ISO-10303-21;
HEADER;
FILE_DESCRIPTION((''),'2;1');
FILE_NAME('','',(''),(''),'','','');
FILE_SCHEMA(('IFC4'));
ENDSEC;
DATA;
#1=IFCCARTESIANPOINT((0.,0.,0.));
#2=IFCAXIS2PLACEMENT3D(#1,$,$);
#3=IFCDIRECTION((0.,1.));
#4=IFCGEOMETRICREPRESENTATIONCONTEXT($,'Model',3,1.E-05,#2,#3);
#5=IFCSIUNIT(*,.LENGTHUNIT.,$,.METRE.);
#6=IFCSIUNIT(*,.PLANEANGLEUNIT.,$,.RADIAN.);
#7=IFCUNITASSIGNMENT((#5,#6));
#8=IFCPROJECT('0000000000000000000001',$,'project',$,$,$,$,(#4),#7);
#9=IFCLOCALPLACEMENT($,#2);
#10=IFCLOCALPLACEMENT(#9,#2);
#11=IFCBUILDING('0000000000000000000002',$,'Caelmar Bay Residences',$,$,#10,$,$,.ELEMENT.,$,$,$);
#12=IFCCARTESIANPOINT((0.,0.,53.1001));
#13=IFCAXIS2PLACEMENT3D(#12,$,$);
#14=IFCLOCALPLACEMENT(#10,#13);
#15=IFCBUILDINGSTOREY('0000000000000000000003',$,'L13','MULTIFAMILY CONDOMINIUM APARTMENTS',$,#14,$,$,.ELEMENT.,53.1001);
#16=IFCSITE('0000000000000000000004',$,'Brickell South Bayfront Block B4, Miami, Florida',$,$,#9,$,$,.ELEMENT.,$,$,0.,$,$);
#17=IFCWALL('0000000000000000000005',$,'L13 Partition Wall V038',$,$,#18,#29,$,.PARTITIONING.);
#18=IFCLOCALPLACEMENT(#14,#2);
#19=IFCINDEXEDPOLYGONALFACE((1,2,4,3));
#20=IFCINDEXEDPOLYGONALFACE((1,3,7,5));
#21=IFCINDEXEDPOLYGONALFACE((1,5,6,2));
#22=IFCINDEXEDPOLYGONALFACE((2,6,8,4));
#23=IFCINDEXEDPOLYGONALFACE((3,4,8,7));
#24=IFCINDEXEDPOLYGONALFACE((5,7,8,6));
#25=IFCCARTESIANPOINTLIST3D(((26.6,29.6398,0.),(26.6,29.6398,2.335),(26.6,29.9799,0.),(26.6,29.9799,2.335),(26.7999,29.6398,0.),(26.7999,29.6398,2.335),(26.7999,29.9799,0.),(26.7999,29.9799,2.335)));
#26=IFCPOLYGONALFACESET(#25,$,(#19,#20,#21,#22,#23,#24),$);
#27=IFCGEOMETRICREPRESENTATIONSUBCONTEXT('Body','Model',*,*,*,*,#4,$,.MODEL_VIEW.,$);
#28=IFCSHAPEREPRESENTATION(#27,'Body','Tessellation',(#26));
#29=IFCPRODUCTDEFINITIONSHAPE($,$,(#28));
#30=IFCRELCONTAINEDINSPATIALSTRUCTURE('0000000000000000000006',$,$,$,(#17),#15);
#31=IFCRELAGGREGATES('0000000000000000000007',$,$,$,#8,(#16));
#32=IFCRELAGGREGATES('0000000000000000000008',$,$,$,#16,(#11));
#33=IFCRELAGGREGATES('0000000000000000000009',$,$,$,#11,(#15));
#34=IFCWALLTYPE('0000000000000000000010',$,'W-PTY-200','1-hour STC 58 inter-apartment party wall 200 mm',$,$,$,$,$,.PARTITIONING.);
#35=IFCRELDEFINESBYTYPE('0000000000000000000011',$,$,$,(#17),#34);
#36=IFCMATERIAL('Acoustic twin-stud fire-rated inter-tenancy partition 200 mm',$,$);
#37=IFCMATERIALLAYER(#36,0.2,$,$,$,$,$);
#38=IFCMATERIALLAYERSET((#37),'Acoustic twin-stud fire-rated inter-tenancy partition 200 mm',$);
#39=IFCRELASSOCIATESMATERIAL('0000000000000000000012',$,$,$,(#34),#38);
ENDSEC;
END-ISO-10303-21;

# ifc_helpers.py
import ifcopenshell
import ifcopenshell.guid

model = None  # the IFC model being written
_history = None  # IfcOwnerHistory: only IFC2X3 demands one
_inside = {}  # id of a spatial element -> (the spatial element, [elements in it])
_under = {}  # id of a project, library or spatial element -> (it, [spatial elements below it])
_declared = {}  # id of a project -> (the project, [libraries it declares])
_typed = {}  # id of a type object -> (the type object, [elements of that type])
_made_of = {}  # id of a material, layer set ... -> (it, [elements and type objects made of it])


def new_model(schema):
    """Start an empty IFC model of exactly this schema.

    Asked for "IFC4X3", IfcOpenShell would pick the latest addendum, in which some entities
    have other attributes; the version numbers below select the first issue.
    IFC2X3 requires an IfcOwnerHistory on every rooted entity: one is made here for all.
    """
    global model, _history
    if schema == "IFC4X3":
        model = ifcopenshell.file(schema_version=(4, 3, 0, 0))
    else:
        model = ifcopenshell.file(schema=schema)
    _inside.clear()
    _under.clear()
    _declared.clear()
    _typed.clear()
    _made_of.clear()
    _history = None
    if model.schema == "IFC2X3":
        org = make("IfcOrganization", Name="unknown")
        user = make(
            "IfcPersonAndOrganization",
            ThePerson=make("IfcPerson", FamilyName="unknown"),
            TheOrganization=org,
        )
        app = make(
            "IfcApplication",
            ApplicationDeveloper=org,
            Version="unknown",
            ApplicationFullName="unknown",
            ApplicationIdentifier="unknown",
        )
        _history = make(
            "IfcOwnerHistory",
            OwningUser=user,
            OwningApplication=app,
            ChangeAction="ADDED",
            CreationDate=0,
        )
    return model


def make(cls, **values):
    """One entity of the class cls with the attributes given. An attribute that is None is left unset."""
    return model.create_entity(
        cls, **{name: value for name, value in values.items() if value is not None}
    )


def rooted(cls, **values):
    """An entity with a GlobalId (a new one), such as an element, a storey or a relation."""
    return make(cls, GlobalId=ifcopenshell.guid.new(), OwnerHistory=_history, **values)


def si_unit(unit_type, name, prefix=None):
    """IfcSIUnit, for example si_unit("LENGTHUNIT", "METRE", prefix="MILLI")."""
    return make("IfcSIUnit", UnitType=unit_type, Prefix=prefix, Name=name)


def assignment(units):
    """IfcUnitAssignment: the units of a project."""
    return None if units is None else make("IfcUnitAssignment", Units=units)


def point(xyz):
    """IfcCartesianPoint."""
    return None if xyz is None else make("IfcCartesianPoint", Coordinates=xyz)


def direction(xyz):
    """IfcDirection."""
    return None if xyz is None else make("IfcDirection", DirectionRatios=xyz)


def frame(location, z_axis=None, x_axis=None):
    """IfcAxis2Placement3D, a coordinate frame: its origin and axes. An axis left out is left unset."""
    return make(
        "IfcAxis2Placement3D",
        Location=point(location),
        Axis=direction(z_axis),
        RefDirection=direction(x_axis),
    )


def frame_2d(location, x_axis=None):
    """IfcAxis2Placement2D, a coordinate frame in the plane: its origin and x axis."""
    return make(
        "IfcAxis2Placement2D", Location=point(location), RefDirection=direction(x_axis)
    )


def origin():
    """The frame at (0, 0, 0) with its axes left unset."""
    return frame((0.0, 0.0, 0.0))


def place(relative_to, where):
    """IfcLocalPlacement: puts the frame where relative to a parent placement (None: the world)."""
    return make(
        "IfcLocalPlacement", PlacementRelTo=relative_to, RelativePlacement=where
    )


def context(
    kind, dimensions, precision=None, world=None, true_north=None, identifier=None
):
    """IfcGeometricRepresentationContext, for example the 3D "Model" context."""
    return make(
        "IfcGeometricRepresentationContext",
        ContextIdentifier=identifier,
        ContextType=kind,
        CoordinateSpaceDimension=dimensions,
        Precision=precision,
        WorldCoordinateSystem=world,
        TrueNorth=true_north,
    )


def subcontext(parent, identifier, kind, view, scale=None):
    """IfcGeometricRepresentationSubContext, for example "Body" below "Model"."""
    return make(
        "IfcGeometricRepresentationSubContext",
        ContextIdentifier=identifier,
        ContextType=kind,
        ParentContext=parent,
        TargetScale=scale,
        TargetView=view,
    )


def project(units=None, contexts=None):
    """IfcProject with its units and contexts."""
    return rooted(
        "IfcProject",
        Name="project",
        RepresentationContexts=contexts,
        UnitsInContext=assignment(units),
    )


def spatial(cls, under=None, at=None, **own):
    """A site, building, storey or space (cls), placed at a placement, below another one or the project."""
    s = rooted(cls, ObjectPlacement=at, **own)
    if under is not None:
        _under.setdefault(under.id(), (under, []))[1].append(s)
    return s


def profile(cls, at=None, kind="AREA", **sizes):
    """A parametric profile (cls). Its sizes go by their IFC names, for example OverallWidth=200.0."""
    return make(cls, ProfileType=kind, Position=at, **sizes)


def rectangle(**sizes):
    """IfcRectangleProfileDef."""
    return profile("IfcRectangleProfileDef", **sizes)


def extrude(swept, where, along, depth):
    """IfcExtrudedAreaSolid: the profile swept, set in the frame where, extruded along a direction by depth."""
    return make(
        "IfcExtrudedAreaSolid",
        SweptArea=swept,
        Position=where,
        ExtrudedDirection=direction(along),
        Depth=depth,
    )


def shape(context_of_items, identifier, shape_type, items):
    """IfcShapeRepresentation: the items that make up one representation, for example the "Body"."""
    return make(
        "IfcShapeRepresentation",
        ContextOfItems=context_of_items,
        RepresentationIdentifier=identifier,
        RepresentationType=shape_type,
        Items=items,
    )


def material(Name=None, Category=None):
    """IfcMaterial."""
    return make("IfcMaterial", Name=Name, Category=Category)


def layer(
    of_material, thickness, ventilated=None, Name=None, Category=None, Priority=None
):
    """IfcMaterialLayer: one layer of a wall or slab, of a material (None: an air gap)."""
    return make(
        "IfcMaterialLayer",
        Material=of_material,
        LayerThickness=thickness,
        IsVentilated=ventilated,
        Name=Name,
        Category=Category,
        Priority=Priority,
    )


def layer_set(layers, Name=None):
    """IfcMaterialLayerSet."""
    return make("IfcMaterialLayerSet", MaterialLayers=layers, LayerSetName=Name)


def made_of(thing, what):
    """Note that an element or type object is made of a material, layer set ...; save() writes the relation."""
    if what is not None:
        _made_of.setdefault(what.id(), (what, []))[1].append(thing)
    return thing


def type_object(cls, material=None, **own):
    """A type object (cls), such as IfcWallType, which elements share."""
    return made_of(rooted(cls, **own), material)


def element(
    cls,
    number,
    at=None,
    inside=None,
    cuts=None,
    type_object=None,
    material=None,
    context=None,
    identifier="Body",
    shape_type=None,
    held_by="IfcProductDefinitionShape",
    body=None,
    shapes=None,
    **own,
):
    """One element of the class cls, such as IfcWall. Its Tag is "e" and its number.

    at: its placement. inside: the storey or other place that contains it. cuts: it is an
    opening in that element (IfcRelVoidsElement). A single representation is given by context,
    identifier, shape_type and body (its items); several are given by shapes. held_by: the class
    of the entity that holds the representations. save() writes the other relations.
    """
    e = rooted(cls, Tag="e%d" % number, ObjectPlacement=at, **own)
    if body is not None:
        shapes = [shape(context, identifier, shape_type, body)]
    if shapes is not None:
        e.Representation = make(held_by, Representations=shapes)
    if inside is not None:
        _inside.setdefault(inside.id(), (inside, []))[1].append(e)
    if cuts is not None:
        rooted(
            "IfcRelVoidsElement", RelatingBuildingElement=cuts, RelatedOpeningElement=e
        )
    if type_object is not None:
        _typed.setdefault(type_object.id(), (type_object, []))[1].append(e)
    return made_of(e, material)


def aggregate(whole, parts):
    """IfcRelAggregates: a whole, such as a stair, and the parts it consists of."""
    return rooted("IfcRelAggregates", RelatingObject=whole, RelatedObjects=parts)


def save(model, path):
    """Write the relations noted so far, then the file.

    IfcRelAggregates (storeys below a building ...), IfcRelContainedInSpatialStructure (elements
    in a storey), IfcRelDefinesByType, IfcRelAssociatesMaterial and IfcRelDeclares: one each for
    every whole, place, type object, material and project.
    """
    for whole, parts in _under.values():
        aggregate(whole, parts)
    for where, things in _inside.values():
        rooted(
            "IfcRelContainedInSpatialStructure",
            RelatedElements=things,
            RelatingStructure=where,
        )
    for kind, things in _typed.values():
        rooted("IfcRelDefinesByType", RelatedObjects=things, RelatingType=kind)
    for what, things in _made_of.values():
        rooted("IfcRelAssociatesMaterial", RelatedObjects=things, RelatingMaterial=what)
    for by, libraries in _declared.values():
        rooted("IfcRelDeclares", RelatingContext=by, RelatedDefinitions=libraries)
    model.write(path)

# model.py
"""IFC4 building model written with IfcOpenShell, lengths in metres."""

from ifc_helpers import new_model, si_unit, direction, frame, frame_2d, origin, place, context, subcontext, project, spatial, rectangle, extrude, material, layer, layer_set, type_object, element, save


model = new_model("IFC4")

# Units and contexts
model_context = context("Model", 3, precision=1e-05, world=origin(), true_north=direction((0.0, 1.0)))
body_context = subcontext(model_context, "Body", "Model", "MODEL_VIEW")
ifc_project = project(units=[si_unit("LENGTHUNIT", "METRE"), si_unit("PLANEANGLEUNIT", "RADIAN")], contexts=[model_context])

# Site, building, storey
site_placement = place(None, origin())
site = spatial("IfcSite", under=ifc_project, at=site_placement, Name="Brickell South Bayfront Block B4, Miami, Florida", CompositionType="ELEMENT", RefElevation=0.0)
building_placement = place(site_placement, origin())
building = spatial("IfcBuilding", under=site, at=building_placement, Name="Caelmar Bay Residences", CompositionType="ELEMENT")
storey_placement = place(building_placement, frame((0.0, 0.0, 53.1001)))
storey = spatial("IfcBuildingStorey", under=building, at=storey_placement, Name="L13", Description="MULTIFAMILY CONDOMINIUM APARTMENTS", CompositionType="ELEMENT", Elevation=53.1001)

# Wall
ifc_material_1 = material(Name="Acoustic twin-stud fire-rated inter-tenancy partition 200 mm")
ifc_layer_1 = layer(ifc_material_1, 0.2)
ifc_layer_set_1 = layer_set([ifc_layer_1], Name="Acoustic twin-stud fire-rated inter-tenancy partition 200 mm")
wall_type_1 = type_object("IfcWallType", Name="W-PTY-200", Description="1-hour STC 58 inter-apartment party wall 200 mm", PredefinedType="PARTITIONING", material=ifc_layer_set_1)
wall_1_placement = place(storey_placement, frame((26.7, 29.6399, 0.0), z_axis=(0.0, 0.0, 1.0), x_axis=(0.0, 1.0, 0.0)))
element("IfcWall", 1, at=wall_1_placement, inside=storey, type_object=wall_type_1, Name="L13 Partition Wall V038", PredefinedType="PARTITIONING", context=body_context, shape_type="SweptSolid", body=[
    extrude(rectangle(XDim=0.3401, YDim=0.2, at=frame_2d((0.1699, 0.0))), origin(), (0.0, 0.0, 1.0), 2.335),
])

save(model, "model.ifc")
